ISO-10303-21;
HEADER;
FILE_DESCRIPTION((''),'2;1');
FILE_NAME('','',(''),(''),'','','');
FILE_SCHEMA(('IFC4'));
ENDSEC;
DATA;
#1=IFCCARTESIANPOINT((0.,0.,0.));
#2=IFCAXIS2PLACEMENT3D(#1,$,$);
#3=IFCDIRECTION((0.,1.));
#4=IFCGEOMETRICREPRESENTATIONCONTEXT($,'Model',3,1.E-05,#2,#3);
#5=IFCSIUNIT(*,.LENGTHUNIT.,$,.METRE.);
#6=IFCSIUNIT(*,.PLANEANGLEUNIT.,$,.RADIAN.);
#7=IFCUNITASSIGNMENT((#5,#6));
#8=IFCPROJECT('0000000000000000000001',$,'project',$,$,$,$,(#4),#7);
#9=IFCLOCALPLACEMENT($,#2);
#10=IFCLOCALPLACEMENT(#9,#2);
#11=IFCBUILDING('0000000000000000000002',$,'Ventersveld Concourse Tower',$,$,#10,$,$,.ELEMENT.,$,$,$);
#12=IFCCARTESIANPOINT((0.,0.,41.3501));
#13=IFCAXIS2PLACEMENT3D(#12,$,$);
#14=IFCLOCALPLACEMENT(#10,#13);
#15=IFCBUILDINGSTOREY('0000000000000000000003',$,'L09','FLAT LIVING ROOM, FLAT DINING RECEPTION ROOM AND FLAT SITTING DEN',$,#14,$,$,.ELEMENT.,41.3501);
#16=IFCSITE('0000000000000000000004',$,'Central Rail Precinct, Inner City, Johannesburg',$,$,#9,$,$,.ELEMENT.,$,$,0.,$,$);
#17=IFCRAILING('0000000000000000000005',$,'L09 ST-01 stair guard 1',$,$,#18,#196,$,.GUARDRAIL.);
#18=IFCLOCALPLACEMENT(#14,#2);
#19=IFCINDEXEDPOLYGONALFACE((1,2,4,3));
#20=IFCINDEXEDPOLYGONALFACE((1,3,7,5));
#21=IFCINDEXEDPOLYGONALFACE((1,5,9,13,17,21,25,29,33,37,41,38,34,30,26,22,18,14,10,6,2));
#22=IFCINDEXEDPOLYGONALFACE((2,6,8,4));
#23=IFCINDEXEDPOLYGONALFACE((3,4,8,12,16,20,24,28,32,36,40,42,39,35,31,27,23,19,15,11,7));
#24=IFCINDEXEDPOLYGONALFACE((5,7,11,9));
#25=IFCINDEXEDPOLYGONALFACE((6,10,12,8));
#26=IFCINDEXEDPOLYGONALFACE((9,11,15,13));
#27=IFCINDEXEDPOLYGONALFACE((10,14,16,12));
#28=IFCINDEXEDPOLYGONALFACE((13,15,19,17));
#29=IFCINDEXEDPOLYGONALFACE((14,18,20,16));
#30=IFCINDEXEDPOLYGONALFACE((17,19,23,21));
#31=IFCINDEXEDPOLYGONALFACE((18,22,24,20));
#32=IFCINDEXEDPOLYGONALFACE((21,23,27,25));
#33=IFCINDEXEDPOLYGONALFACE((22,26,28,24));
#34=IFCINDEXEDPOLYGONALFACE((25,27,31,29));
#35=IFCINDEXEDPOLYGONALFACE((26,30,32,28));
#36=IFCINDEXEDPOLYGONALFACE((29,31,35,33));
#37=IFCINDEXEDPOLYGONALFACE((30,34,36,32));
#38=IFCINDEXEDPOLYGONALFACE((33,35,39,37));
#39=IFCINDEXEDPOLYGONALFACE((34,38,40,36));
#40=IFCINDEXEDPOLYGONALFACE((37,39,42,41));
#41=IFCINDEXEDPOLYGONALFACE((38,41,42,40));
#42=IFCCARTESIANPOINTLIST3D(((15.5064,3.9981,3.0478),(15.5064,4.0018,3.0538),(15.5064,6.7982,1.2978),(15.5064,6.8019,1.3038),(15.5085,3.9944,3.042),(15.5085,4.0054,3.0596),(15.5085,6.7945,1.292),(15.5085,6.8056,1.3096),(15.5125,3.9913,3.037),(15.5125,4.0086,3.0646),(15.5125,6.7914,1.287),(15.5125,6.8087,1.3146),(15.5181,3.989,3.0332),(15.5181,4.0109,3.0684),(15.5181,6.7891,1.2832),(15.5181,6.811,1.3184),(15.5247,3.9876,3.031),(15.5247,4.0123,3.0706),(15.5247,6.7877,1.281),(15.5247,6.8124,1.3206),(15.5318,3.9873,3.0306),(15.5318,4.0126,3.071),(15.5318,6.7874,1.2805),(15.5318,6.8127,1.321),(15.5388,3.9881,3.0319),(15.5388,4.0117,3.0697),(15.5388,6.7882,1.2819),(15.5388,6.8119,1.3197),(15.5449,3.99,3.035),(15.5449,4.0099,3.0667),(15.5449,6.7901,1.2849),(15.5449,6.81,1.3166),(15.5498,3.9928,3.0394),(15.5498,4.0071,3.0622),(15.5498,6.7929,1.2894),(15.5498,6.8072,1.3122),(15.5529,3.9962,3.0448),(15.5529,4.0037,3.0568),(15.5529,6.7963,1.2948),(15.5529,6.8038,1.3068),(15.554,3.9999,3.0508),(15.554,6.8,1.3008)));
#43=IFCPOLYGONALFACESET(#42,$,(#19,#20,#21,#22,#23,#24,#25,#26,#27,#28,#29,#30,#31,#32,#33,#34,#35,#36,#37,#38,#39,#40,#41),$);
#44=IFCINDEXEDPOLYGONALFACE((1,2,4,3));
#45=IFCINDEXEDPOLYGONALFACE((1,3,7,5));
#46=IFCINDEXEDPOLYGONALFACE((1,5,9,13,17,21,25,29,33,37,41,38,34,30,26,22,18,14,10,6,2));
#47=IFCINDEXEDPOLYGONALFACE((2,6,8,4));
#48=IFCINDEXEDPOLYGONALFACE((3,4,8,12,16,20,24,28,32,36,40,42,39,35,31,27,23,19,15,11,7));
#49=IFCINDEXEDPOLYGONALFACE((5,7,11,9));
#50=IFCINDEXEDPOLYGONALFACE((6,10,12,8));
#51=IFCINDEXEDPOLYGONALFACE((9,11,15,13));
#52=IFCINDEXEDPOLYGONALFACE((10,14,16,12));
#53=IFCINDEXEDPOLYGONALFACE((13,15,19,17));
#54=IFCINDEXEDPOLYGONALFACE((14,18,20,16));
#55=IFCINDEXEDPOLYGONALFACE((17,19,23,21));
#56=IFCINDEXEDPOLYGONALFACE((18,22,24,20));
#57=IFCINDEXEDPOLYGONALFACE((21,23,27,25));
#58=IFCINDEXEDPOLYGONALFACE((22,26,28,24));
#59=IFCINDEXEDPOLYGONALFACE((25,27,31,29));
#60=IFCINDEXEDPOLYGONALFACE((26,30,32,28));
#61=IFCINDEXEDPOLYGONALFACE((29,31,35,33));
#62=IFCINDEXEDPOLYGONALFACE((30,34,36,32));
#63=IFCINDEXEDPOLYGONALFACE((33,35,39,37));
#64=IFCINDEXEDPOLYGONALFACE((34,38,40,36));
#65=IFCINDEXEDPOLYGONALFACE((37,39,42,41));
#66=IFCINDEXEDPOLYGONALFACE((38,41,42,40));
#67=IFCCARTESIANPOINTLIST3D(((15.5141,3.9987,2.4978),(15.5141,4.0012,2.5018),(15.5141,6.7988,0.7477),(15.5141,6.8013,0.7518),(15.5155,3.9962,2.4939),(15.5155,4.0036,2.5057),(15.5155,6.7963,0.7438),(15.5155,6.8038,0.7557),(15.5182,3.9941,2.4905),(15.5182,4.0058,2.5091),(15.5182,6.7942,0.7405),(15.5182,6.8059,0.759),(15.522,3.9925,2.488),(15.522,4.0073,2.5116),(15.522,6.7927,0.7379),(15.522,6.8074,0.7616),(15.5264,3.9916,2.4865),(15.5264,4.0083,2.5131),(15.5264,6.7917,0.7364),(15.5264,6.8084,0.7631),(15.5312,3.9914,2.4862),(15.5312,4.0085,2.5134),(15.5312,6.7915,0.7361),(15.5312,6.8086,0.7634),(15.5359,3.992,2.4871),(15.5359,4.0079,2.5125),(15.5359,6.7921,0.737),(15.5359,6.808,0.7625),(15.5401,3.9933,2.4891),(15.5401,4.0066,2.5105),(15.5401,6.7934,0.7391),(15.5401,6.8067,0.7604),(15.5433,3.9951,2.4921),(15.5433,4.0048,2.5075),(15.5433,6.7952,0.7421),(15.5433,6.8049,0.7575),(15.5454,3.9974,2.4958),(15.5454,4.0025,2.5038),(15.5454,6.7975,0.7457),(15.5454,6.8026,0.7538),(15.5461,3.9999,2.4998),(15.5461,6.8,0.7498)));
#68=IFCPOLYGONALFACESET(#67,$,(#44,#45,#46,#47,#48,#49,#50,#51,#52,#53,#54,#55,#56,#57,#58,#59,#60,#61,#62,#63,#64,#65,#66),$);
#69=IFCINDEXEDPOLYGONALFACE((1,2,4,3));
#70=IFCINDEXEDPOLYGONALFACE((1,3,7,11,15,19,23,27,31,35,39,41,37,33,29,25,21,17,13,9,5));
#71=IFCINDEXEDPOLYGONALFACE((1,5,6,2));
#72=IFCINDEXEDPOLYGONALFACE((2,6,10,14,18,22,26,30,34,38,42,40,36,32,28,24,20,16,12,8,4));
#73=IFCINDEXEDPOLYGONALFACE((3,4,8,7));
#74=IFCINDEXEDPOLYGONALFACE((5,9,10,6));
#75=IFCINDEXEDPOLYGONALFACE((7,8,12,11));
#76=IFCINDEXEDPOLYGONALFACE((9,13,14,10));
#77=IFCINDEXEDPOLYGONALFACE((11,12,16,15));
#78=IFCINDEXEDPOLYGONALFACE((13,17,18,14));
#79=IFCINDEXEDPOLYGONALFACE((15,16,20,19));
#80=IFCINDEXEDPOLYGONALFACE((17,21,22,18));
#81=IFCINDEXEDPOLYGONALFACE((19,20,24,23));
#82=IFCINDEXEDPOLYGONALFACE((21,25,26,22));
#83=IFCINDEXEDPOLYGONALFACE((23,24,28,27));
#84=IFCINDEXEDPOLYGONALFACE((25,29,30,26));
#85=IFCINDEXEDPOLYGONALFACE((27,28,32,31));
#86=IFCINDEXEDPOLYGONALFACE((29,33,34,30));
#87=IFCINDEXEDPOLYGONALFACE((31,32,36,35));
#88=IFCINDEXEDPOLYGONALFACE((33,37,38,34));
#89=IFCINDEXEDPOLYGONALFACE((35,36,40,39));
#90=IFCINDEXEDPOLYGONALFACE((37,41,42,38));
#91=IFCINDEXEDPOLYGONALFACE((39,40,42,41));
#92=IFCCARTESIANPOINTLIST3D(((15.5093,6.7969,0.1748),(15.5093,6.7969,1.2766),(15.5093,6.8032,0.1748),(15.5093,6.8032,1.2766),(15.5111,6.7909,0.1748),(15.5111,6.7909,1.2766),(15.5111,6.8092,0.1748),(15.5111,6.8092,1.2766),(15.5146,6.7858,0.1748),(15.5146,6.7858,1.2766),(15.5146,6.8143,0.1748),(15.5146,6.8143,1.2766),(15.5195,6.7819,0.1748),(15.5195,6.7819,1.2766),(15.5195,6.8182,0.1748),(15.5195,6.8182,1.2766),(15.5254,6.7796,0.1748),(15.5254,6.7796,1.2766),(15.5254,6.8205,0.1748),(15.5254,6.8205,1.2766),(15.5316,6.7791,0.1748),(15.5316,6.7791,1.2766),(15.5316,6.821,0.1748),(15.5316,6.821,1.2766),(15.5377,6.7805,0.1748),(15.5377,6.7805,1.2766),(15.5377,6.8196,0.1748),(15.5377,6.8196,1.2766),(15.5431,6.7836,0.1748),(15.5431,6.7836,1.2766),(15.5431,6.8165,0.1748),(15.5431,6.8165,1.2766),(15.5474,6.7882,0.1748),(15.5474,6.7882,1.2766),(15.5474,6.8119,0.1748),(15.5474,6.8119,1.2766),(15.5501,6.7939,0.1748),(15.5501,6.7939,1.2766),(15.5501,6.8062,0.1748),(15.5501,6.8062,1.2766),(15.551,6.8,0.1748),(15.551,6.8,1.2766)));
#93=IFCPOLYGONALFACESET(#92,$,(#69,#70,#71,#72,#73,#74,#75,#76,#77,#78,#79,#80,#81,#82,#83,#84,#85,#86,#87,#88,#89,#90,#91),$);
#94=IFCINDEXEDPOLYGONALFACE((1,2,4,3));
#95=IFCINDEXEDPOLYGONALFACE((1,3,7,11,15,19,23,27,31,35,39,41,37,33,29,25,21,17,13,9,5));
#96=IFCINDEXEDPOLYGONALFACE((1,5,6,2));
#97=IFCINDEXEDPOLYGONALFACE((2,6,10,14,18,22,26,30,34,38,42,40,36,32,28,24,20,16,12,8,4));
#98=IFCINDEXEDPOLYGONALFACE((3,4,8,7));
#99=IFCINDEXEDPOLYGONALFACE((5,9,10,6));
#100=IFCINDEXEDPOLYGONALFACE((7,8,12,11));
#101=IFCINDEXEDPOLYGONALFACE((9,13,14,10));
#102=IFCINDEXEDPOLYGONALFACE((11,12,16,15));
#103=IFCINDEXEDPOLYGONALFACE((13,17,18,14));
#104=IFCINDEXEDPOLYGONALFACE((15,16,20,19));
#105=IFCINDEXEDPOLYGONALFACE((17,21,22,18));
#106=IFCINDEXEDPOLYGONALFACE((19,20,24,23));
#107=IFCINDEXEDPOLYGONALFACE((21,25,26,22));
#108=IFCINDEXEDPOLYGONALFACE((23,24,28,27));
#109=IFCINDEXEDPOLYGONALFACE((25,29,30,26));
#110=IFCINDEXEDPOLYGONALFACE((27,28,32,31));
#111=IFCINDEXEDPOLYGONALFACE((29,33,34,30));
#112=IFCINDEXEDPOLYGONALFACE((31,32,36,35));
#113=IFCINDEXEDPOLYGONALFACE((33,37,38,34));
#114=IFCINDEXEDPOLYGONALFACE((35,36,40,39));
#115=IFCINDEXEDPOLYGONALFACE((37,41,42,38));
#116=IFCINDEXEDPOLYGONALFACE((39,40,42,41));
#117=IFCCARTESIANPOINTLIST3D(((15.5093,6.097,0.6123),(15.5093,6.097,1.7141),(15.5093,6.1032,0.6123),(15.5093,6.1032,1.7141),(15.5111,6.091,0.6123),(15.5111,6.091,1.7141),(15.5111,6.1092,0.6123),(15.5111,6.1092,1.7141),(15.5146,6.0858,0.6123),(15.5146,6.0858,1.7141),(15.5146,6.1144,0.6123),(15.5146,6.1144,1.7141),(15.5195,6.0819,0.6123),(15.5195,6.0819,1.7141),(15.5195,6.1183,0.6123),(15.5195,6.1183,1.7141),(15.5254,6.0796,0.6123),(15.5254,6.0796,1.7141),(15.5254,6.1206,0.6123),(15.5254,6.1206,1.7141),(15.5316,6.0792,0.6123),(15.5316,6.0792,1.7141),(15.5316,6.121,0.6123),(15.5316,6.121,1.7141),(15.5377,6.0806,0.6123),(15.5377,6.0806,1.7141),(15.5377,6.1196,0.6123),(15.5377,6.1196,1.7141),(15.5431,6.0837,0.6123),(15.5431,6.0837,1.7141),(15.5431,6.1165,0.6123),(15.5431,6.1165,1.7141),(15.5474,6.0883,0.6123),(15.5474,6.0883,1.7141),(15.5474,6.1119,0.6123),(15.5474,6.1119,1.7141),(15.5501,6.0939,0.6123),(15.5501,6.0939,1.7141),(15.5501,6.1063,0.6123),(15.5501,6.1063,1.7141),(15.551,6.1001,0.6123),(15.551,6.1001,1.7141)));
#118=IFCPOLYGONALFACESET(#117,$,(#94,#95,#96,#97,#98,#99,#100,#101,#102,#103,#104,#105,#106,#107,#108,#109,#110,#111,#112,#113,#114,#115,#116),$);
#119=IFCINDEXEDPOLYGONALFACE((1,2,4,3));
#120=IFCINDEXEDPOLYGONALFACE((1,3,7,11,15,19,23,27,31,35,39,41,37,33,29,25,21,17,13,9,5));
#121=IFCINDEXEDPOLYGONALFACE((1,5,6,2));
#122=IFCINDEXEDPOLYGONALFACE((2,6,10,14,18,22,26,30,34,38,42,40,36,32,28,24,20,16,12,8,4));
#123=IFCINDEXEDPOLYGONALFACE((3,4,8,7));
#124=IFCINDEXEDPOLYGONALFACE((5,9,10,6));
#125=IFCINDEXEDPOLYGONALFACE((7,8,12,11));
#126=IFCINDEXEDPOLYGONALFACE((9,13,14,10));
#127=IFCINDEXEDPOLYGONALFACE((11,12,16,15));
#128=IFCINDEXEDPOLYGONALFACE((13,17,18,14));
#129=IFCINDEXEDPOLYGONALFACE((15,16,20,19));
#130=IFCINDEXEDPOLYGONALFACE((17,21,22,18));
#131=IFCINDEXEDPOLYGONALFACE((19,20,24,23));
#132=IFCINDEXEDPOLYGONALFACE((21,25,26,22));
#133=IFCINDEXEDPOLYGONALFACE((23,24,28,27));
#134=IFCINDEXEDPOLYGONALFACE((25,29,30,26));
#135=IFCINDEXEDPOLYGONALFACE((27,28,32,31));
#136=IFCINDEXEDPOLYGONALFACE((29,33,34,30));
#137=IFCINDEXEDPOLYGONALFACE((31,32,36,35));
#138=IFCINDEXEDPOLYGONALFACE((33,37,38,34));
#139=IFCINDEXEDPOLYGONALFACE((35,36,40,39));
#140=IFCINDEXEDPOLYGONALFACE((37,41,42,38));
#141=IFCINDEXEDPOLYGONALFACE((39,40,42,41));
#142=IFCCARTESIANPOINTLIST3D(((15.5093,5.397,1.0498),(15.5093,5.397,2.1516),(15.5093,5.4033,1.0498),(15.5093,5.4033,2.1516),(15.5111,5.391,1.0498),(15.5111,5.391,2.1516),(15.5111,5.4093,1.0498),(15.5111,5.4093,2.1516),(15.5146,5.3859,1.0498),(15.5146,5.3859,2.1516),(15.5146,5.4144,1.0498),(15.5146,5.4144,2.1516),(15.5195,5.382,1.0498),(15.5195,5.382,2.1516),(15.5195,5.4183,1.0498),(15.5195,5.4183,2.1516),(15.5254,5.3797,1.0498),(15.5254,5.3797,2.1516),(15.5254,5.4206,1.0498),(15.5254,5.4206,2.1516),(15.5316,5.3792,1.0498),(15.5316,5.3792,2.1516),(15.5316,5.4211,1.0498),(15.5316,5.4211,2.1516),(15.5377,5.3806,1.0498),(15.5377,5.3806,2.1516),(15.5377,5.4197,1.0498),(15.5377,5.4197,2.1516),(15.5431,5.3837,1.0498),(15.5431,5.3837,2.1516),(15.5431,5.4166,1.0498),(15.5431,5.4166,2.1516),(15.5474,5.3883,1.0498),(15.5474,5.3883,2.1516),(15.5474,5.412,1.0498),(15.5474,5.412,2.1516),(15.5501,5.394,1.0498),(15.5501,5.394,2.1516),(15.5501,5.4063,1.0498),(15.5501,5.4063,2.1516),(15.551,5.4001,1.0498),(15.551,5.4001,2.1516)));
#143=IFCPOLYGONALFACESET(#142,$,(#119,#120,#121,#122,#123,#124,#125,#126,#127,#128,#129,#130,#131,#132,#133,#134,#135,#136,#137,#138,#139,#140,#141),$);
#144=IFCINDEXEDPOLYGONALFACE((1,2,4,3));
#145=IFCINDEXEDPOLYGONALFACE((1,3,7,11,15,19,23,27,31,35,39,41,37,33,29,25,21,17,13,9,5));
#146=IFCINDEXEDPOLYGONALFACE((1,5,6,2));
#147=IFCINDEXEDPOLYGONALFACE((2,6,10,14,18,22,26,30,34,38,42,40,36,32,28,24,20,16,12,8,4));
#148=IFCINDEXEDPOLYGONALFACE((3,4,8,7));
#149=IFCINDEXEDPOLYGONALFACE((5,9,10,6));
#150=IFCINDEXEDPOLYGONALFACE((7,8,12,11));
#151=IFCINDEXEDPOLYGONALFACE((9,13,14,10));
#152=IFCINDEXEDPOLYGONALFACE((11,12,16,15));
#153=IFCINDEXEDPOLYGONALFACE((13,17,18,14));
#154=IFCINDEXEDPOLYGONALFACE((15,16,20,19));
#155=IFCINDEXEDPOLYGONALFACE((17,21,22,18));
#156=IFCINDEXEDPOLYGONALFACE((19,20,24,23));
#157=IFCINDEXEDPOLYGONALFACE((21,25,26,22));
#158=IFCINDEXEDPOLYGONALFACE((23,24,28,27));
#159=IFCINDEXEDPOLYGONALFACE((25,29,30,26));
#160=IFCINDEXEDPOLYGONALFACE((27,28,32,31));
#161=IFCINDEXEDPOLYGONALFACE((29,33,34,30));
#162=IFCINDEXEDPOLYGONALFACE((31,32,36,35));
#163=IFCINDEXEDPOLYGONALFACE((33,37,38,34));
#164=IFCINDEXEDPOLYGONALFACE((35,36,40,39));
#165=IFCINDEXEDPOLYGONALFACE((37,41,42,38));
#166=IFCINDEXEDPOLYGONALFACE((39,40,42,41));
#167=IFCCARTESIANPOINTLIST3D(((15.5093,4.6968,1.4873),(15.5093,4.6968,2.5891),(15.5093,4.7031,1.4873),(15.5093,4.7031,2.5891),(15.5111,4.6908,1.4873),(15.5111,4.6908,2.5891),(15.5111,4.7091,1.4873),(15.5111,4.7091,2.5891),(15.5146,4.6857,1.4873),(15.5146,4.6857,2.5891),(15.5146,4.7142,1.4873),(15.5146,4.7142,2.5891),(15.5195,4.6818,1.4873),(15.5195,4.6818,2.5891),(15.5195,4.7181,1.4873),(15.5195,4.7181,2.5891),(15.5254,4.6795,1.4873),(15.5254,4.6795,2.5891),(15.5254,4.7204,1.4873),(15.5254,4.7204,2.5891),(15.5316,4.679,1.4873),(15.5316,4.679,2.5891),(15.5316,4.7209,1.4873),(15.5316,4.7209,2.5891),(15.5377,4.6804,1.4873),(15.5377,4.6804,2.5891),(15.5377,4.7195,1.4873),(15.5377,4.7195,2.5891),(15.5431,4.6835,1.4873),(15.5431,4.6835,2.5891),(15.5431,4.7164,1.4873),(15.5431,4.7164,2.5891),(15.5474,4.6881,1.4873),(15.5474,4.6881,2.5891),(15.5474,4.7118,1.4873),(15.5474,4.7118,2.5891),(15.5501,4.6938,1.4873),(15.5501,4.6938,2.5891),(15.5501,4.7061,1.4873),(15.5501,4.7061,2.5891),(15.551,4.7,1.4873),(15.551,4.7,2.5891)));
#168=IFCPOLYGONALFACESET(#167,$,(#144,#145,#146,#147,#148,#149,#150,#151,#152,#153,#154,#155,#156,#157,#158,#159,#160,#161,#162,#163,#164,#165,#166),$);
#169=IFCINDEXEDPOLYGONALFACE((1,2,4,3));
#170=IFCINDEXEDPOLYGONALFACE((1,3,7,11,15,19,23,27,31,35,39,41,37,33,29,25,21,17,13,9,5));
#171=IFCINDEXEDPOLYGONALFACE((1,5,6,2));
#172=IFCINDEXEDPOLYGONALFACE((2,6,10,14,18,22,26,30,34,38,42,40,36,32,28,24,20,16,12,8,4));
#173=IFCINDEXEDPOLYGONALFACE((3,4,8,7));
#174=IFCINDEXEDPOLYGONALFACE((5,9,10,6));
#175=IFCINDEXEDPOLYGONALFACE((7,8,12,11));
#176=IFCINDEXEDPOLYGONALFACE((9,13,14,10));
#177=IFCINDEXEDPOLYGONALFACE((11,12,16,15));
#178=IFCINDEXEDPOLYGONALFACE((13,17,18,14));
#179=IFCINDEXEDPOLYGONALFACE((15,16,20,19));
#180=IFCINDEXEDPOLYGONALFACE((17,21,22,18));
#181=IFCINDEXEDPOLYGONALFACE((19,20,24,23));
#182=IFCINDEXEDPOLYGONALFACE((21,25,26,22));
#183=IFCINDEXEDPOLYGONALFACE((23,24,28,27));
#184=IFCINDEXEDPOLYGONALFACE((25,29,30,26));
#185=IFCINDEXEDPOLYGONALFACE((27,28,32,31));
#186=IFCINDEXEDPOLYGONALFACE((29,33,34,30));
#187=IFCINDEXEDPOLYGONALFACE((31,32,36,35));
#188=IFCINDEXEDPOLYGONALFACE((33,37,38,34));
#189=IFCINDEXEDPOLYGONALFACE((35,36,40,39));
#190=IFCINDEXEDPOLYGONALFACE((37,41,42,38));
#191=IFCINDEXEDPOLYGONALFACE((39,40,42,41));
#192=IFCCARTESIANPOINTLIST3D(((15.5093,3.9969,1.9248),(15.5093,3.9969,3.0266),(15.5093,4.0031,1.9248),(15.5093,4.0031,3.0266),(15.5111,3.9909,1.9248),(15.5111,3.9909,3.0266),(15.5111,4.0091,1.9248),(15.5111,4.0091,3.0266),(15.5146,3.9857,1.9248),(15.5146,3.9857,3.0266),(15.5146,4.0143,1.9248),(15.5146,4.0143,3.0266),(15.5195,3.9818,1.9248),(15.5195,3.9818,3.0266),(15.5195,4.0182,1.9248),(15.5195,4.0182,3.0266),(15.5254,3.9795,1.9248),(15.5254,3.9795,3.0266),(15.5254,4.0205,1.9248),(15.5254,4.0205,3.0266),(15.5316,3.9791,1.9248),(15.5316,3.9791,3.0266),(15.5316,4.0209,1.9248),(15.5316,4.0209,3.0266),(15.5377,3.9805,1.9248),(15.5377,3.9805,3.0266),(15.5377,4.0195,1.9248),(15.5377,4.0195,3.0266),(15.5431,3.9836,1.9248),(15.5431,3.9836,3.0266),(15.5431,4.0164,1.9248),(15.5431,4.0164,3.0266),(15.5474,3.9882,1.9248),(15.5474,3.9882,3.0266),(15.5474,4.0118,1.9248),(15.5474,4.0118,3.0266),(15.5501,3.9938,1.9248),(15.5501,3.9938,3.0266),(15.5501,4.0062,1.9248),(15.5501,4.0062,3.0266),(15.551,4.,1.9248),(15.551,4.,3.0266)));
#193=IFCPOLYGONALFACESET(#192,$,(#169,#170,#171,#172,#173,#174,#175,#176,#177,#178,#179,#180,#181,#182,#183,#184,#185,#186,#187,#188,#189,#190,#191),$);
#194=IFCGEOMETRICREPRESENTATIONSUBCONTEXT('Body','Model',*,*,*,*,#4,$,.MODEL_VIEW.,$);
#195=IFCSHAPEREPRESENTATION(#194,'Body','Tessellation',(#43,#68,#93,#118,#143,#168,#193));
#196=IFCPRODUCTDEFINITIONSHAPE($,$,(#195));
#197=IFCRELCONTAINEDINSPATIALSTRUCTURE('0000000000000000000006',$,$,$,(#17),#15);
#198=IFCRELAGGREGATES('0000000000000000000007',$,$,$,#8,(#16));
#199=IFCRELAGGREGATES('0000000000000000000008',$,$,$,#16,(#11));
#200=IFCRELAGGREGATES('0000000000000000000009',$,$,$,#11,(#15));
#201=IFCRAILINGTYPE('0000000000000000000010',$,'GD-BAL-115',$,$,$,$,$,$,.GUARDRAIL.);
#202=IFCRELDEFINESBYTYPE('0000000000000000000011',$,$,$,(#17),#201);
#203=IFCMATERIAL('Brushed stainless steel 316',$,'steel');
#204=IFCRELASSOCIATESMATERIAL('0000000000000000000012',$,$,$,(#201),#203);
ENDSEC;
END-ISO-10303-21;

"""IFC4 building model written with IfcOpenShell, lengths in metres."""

from ifc_helpers import new_model, si_unit, direction, frame, origin, origin_2d, place, context, subcontext, project, spatial, circle, extrude, material, type_object, element, save


model = new_model("IFC4")

# Units and contexts
model_context = context("Model", 3, precision=1e-05, world=origin(), true_north=direction((0.0, 1.0)))
body_context = subcontext(model_context, "Body", "Model", "MODEL_VIEW")
ifc_project = project(units=[si_unit("LENGTHUNIT", "METRE"), si_unit("PLANEANGLEUNIT", "RADIAN")], contexts=[model_context])

# Site, building, storey
site_placement = place(None, origin())
site = spatial("IfcSite", under=ifc_project, at=site_placement, Name="Central Rail Precinct, Inner City, Johannesburg", CompositionType="ELEMENT", RefElevation=0.0)
building_placement = place(site_placement, origin())
building = spatial("IfcBuilding", under=site, at=building_placement, Name="Ventersveld Concourse Tower", CompositionType="ELEMENT")
storey_placement = place(building_placement, frame((0.0, 0.0, 41.3501)))
storey = spatial("IfcBuildingStorey", under=building, at=storey_placement, Name="L09", Description="FLAT LIVING ROOM, FLAT DINING RECEPTION ROOM AND FLAT SITTING DEN", CompositionType="ELEMENT", Elevation=41.3501)

# Railing
ifc_material_1 = material(Name="Brushed stainless steel 316", Category="steel")
railing_type_1 = type_object("IfcRailingType", Name="GD-BAL-115", PredefinedType="GUARDRAIL", material=ifc_material_1)
railing_1_placement = place(storey_placement, frame((15.53, 6.8, 0.1748)))
element("IfcRailing", 1, at=railing_1_placement, inside=storey, type_object=railing_type_1, Name="L09 ST-01 stair guard 1", PredefinedType="GUARDRAIL", context=body_context, shape_type="SweptSolid", body=[
    extrude(circle(Radius=0.0239, at=origin_2d()), frame((0.0, 0.0, 1.126), z_axis=(0.0, -0.848002, 0.529992), x_axis=(1.0, 0.0, 0.0)), (0.0, 0.0, 1.0), 3.302),
    extrude(circle(Radius=0.0161, at=origin_2d()), frame((0.0, 0.0, 0.575), z_axis=(0.0, -0.848002, 0.529992), x_axis=(1.0, 0.0, 0.0)), (0.0, 0.0, 1.0), 3.302),
    extrude(circle(Radius=0.021, at=origin_2d()), origin(), (0.0, 0.0, 1.0), 1.1018),
    extrude(circle(Radius=0.021, at=origin_2d()), frame((0.0, -0.7, 0.4375)), (0.0, 0.0, 1.0), 1.1018),
    extrude(circle(Radius=0.021, at=origin_2d()), frame((0.0, -1.3999, 0.875)), (0.0, 0.0, 1.0), 1.1018),
    extrude(circle(Radius=0.021, at=origin_2d()), frame((0.0, -2.1001, 1.3125)), (0.0, 0.0, 1.0), 1.1018),
    extrude(circle(Radius=0.021, at=origin_2d()), frame((0.0, -2.8, 1.75)), (0.0, 0.0, 1.0), 1.1018),
])

save(model, "model.ifc")
